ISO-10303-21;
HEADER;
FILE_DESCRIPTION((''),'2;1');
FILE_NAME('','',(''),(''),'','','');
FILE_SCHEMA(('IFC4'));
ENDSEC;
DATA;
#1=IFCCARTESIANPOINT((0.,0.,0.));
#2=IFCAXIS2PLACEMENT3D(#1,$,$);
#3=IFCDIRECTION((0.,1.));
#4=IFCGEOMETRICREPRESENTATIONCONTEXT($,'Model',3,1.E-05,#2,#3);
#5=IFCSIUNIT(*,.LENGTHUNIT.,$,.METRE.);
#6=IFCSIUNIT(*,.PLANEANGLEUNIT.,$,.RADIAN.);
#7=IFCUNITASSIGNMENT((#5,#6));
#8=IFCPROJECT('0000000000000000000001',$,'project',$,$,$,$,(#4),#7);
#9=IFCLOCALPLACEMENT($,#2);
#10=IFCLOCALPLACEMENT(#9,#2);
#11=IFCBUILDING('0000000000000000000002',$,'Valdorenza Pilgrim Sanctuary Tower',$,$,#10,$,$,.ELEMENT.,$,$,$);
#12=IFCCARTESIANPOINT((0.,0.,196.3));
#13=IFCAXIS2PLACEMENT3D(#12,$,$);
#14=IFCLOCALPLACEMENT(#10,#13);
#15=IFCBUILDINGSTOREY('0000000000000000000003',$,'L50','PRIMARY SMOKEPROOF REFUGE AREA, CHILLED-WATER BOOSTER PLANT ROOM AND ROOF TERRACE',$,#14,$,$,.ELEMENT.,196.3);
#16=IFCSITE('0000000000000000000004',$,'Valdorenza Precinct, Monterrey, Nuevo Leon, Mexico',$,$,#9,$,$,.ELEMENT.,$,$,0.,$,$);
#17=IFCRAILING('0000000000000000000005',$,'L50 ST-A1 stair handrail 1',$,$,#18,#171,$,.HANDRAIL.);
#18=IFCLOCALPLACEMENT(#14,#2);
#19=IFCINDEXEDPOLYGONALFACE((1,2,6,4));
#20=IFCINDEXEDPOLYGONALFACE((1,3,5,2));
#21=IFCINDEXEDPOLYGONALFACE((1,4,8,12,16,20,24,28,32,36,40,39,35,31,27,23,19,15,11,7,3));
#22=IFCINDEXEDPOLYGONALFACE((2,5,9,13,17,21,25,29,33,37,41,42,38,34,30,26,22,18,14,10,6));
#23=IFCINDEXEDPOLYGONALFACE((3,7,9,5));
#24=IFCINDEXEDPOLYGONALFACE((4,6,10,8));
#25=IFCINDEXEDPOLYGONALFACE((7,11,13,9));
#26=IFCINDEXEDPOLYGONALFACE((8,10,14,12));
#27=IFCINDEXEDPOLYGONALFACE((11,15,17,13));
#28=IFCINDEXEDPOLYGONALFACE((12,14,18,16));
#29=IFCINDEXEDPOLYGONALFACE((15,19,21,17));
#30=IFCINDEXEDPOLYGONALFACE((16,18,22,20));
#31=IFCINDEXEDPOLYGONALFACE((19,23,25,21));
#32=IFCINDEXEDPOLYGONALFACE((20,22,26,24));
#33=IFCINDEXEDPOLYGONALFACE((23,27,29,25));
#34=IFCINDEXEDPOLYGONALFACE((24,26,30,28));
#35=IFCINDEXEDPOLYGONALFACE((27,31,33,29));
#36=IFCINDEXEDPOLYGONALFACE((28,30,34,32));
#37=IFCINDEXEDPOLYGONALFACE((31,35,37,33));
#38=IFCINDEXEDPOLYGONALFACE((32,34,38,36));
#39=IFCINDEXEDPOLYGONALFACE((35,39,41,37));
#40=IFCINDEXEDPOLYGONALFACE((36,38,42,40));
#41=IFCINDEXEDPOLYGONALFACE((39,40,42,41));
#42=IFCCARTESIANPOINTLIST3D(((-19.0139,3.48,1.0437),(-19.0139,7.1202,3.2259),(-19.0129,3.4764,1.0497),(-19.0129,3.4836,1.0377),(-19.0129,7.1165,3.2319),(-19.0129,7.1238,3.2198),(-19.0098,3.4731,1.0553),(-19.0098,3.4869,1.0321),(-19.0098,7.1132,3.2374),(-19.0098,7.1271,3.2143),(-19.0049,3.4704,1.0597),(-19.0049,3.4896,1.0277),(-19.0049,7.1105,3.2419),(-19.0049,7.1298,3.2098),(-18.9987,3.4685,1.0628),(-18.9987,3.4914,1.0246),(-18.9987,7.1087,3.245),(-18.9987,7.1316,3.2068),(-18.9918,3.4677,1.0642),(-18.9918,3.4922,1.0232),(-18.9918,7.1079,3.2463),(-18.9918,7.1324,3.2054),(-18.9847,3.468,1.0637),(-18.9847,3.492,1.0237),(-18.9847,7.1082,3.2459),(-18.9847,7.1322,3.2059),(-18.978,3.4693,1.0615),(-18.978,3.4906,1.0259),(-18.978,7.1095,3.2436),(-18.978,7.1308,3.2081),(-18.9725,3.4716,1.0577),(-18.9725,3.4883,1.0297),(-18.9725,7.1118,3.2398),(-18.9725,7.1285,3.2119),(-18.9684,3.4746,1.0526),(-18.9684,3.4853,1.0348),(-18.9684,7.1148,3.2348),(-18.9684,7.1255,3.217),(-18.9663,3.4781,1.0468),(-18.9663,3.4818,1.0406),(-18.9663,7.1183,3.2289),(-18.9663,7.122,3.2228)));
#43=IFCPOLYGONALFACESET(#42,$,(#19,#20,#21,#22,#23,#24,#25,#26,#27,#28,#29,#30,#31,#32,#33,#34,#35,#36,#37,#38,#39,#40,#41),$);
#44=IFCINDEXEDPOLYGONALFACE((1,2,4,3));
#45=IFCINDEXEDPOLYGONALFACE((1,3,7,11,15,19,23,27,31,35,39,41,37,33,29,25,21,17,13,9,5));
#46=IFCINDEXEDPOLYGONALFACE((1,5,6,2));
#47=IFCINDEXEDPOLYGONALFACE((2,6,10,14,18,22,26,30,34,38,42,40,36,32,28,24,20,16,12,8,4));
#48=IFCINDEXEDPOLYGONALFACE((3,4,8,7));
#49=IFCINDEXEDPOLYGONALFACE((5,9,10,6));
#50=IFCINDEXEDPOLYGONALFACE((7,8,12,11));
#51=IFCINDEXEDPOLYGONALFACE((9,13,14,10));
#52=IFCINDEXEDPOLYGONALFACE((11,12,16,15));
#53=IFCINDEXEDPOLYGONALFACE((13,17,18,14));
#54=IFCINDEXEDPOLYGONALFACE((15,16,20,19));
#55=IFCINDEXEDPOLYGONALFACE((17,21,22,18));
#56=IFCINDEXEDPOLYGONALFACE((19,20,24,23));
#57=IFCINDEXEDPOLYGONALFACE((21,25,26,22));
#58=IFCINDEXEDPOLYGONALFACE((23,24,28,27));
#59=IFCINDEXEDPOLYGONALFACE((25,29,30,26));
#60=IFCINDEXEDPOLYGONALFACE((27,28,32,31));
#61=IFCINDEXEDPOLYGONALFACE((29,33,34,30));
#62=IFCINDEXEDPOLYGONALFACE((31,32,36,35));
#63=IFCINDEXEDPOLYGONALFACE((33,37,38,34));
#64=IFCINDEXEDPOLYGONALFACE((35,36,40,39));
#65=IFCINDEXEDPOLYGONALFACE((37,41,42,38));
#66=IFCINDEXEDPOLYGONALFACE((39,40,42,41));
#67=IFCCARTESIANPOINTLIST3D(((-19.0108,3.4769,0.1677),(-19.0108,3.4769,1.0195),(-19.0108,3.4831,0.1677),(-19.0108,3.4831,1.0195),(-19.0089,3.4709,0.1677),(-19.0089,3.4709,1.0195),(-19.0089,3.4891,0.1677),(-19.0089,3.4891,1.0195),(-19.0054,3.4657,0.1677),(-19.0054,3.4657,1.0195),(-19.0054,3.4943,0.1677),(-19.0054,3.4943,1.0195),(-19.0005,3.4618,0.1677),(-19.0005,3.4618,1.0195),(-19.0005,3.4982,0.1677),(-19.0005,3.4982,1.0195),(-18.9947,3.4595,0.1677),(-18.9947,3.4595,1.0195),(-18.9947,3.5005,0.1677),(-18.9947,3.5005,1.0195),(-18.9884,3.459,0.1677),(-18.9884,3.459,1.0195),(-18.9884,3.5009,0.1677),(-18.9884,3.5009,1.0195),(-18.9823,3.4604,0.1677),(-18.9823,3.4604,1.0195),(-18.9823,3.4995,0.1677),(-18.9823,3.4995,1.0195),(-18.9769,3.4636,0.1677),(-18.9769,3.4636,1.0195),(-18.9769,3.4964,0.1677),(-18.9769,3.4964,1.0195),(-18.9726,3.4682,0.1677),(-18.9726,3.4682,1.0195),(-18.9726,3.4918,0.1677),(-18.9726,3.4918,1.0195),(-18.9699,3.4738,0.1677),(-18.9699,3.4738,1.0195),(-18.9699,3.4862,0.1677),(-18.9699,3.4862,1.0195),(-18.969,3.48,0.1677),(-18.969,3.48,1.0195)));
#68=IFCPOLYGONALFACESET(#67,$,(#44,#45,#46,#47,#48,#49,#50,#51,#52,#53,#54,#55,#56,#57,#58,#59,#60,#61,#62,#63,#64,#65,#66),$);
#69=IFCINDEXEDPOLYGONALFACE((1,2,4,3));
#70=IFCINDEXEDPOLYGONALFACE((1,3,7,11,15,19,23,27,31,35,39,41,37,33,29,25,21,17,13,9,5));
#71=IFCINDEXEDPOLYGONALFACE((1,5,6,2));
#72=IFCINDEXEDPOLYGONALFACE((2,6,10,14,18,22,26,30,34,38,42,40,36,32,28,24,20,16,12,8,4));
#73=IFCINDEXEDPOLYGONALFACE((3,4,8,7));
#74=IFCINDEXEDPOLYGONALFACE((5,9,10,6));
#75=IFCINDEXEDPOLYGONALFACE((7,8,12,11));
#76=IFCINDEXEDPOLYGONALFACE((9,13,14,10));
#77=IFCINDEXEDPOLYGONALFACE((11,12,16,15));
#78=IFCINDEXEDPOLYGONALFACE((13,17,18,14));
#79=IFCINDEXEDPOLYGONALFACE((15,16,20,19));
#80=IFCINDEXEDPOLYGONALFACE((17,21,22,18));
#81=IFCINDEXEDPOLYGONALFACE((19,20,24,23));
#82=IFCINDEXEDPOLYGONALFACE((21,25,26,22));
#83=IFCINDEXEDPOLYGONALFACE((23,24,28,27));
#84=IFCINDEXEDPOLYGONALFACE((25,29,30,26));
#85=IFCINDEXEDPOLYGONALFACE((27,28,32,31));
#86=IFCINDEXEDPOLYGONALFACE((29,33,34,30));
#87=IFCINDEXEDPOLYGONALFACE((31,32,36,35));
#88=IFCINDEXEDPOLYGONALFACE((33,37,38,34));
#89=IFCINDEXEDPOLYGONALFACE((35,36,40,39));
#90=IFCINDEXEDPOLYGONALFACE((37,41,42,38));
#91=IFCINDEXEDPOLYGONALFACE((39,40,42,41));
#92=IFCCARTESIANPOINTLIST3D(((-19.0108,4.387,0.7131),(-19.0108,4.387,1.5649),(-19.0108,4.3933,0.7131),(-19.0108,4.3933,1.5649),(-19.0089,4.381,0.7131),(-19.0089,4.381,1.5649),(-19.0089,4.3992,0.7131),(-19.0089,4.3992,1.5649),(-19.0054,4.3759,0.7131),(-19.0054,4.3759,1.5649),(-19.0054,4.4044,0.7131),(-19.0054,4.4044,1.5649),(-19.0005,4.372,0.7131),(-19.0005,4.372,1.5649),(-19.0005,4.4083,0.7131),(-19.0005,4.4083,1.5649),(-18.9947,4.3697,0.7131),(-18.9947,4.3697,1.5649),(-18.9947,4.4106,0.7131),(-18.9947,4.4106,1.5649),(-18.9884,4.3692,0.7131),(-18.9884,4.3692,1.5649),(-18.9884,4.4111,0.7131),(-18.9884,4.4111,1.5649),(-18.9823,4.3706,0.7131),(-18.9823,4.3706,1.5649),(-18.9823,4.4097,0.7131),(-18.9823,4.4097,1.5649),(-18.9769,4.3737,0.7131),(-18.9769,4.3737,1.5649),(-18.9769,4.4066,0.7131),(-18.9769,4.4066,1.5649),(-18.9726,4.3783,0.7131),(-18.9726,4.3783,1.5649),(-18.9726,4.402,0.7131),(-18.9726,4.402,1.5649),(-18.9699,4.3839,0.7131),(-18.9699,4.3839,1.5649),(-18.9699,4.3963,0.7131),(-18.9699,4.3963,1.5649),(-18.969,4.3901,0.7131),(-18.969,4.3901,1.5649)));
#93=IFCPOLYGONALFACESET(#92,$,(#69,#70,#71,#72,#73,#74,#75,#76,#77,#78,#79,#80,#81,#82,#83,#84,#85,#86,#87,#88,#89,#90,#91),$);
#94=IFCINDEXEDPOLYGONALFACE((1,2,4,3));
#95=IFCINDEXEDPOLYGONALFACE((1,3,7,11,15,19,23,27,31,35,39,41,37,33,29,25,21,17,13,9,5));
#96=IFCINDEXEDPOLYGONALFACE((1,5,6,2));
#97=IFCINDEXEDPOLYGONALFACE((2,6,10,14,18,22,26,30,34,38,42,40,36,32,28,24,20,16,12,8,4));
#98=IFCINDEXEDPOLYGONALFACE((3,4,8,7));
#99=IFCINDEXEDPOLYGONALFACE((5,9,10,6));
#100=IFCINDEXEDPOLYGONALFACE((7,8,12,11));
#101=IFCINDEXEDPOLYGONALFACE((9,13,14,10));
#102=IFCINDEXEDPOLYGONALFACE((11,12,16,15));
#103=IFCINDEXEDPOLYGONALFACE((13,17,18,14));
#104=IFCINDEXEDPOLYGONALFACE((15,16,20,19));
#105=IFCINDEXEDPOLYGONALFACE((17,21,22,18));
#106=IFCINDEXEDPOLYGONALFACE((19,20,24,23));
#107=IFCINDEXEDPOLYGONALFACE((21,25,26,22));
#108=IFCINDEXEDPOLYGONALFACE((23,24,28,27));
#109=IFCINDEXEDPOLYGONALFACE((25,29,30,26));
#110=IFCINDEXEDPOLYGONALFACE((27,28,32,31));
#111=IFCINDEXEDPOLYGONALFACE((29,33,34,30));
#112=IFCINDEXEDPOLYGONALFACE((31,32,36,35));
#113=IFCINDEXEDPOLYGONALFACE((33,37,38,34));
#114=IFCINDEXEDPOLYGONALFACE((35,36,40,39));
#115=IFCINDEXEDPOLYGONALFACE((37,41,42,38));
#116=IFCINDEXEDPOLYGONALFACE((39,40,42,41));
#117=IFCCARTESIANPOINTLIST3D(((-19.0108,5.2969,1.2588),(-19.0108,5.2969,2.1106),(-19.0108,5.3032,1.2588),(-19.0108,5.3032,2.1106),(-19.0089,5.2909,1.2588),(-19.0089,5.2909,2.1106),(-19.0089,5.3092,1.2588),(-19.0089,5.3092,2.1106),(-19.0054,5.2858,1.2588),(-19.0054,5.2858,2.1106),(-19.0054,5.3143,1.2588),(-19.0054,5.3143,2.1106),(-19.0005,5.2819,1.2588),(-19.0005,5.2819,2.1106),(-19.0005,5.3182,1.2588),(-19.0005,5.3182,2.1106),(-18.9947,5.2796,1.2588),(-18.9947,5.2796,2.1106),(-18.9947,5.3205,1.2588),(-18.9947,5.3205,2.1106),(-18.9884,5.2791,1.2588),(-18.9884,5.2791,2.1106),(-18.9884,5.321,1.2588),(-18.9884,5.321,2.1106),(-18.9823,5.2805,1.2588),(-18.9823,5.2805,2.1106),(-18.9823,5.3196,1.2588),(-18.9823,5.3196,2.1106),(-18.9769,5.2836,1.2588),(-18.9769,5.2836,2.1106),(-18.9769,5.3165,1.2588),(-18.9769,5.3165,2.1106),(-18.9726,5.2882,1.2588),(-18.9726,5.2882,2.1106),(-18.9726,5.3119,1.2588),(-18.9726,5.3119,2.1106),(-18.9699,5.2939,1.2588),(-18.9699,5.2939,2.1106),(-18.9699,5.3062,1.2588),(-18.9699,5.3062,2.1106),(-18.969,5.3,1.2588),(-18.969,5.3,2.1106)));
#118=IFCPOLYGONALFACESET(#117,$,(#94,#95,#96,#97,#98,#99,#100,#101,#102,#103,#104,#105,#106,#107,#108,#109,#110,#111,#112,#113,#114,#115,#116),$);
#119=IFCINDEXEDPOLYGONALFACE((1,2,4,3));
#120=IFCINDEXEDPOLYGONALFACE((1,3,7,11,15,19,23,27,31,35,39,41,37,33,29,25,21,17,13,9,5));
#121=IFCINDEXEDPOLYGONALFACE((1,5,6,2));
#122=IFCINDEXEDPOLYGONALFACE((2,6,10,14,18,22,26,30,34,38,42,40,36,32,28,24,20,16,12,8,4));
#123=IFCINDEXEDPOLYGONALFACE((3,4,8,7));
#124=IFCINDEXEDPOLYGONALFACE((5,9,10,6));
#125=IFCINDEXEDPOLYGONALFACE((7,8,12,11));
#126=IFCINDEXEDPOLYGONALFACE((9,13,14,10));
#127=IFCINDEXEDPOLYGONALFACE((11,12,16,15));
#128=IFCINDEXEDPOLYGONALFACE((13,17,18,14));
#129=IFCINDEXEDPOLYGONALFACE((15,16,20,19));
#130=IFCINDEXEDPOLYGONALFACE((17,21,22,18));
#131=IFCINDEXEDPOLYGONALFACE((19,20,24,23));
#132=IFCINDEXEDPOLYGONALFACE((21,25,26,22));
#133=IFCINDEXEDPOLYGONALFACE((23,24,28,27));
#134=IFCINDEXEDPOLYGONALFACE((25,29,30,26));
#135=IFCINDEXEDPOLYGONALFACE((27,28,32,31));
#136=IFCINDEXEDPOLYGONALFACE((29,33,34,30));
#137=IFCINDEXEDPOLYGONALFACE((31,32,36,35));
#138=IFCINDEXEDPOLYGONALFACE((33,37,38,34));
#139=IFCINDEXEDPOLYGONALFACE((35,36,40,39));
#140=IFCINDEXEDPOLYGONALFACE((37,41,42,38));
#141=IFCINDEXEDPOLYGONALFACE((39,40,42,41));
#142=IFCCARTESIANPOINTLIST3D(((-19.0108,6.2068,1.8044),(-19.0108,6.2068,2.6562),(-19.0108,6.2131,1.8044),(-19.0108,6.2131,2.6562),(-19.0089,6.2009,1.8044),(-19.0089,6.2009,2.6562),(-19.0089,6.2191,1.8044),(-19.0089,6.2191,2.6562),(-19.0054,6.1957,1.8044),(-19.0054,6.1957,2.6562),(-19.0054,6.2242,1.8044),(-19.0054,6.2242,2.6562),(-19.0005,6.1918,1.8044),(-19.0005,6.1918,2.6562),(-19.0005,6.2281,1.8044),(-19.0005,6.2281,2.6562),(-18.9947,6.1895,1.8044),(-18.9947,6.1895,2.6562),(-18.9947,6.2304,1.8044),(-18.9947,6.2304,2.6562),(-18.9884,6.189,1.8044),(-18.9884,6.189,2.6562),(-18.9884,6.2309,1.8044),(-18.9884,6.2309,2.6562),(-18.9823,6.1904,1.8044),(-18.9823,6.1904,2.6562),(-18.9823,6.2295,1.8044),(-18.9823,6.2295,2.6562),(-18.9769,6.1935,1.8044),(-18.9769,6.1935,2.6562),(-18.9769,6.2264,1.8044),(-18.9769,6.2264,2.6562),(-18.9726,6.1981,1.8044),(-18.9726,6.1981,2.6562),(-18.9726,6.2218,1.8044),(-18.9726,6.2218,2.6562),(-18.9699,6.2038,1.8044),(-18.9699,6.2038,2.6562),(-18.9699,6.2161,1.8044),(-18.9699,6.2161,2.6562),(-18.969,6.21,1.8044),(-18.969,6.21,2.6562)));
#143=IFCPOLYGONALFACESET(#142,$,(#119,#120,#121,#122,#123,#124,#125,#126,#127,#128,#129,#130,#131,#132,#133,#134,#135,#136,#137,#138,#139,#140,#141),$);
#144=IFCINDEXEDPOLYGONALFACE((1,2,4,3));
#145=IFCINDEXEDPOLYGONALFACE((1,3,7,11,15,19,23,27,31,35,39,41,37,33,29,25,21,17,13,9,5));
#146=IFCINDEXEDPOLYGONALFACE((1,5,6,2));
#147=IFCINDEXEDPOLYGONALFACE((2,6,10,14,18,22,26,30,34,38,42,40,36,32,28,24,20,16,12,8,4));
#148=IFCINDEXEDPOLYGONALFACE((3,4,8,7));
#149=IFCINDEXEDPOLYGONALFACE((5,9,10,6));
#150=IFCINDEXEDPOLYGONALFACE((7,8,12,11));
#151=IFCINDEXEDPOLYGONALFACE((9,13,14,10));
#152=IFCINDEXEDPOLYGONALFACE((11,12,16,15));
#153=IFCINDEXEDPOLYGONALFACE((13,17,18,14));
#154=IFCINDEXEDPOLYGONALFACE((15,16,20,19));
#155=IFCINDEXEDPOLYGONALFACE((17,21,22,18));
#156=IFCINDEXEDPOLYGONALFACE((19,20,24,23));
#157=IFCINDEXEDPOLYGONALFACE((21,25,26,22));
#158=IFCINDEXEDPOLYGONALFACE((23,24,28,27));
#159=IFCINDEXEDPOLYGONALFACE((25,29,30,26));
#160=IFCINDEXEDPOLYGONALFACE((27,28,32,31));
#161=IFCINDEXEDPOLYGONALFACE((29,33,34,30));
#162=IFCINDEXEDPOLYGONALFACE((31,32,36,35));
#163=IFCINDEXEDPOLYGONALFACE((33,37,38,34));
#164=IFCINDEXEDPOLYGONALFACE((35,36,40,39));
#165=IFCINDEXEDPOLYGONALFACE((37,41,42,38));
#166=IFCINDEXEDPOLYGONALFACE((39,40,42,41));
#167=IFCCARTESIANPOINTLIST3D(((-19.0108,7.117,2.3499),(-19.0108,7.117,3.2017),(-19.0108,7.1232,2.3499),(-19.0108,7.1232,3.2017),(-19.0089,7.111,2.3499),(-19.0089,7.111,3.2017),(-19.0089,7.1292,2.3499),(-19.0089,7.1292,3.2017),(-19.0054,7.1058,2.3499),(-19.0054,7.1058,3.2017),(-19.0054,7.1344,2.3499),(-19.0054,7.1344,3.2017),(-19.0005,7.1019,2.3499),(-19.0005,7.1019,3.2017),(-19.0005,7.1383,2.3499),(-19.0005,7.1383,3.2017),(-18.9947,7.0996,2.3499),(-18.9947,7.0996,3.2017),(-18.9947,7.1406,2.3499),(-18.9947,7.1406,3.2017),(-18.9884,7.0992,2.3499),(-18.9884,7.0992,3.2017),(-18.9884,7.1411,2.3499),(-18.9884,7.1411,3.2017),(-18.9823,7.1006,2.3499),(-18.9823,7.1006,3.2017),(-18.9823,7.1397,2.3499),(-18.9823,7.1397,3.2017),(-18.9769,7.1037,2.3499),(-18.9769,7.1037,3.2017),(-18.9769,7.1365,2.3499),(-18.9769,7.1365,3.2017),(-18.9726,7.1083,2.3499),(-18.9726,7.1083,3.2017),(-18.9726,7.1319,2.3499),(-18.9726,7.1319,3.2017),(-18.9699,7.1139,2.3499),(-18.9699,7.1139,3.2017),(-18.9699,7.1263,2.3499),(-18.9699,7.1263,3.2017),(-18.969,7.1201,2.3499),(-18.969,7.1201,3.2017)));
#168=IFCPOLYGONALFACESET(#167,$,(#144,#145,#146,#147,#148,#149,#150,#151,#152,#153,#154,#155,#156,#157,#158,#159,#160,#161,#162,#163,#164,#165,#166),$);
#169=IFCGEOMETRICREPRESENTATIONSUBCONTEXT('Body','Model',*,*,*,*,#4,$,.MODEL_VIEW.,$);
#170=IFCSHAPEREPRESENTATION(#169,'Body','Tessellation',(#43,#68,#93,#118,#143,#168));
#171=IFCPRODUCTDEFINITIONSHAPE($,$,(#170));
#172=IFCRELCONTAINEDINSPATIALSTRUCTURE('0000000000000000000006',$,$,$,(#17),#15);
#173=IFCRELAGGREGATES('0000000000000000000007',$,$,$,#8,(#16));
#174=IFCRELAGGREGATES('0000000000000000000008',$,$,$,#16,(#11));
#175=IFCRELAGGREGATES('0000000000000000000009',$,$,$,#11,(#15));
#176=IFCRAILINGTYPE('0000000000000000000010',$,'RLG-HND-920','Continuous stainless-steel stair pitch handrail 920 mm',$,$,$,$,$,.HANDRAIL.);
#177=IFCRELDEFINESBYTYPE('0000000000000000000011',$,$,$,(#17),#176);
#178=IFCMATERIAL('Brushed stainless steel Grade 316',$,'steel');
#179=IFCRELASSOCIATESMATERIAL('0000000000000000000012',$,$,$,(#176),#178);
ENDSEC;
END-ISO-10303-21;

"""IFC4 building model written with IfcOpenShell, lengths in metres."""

from ifc_helpers import new_model, si_unit, direction, frame, origin, origin_2d, place, context, subcontext, project, spatial, circle, extrude, material, type_object, element, save


model = new_model("IFC4")

# Units and contexts
model_context = context("Model", 3, precision=1e-05, world=origin(), true_north=direction((0.0, 1.0)))
body_context = subcontext(model_context, "Body", "Model", "MODEL_VIEW")
ifc_project = project(units=[si_unit("LENGTHUNIT", "METRE"), si_unit("PLANEANGLEUNIT", "RADIAN")], contexts=[model_context])

# Site, building, storey
site_placement = place(None, origin())
site = spatial("IfcSite", under=ifc_project, at=site_placement, Name="Valdorenza Precinct, Monterrey, Nuevo Leon, Mexico", CompositionType="ELEMENT", RefElevation=0.0)
building_placement = place(site_placement, origin())
building = spatial("IfcBuilding", under=site, at=building_placement, Name="Valdorenza Pilgrim Sanctuary Tower", CompositionType="ELEMENT")
storey_placement = place(building_placement, frame((0.0, 0.0, 196.3)))
storey = spatial("IfcBuildingStorey", under=building, at=storey_placement, Name="L50", Description="PRIMARY SMOKEPROOF REFUGE AREA, CHILLED-WATER BOOSTER PLANT ROOM AND ROOF TERRACE", CompositionType="ELEMENT", Elevation=196.3)

# Shared definitions
ifc_material_1 = material(Name="Brushed stainless steel Grade 316", Category="steel")

# Railing
railing_type_1 = type_object("IfcRailingType", Name="RLG-HND-920", Description="Continuous stainless-steel stair pitch handrail 920 mm", PredefinedType="HANDRAIL", material=ifc_material_1)
railing_1_placement = place(storey_placement, frame((-18.99, 3.48, 0.1677)))
element("IfcRailing", 1, at=railing_1_placement, inside=storey, type_object=railing_type_1, Name="L50 ST-A1 stair handrail 1", PredefinedType="HANDRAIL", context=body_context, shape_type="SweptSolid", body=[
    extrude(circle(Radius=0.0239, at=origin_2d()), frame((0.0, 0.0, 0.876), z_axis=(0.0, 0.857696, 0.514157), x_axis=(-1.0, 0.0, 0.0)), (0.0, 0.0, 1.0), 4.2441),
    extrude(circle(Radius=0.021, at=origin_2d()), origin(), (0.0, 0.0, 1.0), 0.8518),
    extrude(circle(Radius=0.021, at=origin_2d()), frame((0.0, 0.9102, 0.5454)), (0.0, 0.0, 1.0), 0.8518),
    extrude(circle(Radius=0.021, at=origin_2d()), frame((0.0, 1.8201, 1.0911)), (0.0, 0.0, 1.0), 0.8518),
    extrude(circle(Radius=0.021, at=origin_2d()), frame((0.0, 2.73, 1.6367)), (0.0, 0.0, 1.0), 0.8518),
    extrude(circle(Radius=0.021, at=origin_2d()), frame((0.0, 3.6401, 2.1821)), (0.0, 0.0, 1.0), 0.8518),
])

save(model, "model.ifc")
